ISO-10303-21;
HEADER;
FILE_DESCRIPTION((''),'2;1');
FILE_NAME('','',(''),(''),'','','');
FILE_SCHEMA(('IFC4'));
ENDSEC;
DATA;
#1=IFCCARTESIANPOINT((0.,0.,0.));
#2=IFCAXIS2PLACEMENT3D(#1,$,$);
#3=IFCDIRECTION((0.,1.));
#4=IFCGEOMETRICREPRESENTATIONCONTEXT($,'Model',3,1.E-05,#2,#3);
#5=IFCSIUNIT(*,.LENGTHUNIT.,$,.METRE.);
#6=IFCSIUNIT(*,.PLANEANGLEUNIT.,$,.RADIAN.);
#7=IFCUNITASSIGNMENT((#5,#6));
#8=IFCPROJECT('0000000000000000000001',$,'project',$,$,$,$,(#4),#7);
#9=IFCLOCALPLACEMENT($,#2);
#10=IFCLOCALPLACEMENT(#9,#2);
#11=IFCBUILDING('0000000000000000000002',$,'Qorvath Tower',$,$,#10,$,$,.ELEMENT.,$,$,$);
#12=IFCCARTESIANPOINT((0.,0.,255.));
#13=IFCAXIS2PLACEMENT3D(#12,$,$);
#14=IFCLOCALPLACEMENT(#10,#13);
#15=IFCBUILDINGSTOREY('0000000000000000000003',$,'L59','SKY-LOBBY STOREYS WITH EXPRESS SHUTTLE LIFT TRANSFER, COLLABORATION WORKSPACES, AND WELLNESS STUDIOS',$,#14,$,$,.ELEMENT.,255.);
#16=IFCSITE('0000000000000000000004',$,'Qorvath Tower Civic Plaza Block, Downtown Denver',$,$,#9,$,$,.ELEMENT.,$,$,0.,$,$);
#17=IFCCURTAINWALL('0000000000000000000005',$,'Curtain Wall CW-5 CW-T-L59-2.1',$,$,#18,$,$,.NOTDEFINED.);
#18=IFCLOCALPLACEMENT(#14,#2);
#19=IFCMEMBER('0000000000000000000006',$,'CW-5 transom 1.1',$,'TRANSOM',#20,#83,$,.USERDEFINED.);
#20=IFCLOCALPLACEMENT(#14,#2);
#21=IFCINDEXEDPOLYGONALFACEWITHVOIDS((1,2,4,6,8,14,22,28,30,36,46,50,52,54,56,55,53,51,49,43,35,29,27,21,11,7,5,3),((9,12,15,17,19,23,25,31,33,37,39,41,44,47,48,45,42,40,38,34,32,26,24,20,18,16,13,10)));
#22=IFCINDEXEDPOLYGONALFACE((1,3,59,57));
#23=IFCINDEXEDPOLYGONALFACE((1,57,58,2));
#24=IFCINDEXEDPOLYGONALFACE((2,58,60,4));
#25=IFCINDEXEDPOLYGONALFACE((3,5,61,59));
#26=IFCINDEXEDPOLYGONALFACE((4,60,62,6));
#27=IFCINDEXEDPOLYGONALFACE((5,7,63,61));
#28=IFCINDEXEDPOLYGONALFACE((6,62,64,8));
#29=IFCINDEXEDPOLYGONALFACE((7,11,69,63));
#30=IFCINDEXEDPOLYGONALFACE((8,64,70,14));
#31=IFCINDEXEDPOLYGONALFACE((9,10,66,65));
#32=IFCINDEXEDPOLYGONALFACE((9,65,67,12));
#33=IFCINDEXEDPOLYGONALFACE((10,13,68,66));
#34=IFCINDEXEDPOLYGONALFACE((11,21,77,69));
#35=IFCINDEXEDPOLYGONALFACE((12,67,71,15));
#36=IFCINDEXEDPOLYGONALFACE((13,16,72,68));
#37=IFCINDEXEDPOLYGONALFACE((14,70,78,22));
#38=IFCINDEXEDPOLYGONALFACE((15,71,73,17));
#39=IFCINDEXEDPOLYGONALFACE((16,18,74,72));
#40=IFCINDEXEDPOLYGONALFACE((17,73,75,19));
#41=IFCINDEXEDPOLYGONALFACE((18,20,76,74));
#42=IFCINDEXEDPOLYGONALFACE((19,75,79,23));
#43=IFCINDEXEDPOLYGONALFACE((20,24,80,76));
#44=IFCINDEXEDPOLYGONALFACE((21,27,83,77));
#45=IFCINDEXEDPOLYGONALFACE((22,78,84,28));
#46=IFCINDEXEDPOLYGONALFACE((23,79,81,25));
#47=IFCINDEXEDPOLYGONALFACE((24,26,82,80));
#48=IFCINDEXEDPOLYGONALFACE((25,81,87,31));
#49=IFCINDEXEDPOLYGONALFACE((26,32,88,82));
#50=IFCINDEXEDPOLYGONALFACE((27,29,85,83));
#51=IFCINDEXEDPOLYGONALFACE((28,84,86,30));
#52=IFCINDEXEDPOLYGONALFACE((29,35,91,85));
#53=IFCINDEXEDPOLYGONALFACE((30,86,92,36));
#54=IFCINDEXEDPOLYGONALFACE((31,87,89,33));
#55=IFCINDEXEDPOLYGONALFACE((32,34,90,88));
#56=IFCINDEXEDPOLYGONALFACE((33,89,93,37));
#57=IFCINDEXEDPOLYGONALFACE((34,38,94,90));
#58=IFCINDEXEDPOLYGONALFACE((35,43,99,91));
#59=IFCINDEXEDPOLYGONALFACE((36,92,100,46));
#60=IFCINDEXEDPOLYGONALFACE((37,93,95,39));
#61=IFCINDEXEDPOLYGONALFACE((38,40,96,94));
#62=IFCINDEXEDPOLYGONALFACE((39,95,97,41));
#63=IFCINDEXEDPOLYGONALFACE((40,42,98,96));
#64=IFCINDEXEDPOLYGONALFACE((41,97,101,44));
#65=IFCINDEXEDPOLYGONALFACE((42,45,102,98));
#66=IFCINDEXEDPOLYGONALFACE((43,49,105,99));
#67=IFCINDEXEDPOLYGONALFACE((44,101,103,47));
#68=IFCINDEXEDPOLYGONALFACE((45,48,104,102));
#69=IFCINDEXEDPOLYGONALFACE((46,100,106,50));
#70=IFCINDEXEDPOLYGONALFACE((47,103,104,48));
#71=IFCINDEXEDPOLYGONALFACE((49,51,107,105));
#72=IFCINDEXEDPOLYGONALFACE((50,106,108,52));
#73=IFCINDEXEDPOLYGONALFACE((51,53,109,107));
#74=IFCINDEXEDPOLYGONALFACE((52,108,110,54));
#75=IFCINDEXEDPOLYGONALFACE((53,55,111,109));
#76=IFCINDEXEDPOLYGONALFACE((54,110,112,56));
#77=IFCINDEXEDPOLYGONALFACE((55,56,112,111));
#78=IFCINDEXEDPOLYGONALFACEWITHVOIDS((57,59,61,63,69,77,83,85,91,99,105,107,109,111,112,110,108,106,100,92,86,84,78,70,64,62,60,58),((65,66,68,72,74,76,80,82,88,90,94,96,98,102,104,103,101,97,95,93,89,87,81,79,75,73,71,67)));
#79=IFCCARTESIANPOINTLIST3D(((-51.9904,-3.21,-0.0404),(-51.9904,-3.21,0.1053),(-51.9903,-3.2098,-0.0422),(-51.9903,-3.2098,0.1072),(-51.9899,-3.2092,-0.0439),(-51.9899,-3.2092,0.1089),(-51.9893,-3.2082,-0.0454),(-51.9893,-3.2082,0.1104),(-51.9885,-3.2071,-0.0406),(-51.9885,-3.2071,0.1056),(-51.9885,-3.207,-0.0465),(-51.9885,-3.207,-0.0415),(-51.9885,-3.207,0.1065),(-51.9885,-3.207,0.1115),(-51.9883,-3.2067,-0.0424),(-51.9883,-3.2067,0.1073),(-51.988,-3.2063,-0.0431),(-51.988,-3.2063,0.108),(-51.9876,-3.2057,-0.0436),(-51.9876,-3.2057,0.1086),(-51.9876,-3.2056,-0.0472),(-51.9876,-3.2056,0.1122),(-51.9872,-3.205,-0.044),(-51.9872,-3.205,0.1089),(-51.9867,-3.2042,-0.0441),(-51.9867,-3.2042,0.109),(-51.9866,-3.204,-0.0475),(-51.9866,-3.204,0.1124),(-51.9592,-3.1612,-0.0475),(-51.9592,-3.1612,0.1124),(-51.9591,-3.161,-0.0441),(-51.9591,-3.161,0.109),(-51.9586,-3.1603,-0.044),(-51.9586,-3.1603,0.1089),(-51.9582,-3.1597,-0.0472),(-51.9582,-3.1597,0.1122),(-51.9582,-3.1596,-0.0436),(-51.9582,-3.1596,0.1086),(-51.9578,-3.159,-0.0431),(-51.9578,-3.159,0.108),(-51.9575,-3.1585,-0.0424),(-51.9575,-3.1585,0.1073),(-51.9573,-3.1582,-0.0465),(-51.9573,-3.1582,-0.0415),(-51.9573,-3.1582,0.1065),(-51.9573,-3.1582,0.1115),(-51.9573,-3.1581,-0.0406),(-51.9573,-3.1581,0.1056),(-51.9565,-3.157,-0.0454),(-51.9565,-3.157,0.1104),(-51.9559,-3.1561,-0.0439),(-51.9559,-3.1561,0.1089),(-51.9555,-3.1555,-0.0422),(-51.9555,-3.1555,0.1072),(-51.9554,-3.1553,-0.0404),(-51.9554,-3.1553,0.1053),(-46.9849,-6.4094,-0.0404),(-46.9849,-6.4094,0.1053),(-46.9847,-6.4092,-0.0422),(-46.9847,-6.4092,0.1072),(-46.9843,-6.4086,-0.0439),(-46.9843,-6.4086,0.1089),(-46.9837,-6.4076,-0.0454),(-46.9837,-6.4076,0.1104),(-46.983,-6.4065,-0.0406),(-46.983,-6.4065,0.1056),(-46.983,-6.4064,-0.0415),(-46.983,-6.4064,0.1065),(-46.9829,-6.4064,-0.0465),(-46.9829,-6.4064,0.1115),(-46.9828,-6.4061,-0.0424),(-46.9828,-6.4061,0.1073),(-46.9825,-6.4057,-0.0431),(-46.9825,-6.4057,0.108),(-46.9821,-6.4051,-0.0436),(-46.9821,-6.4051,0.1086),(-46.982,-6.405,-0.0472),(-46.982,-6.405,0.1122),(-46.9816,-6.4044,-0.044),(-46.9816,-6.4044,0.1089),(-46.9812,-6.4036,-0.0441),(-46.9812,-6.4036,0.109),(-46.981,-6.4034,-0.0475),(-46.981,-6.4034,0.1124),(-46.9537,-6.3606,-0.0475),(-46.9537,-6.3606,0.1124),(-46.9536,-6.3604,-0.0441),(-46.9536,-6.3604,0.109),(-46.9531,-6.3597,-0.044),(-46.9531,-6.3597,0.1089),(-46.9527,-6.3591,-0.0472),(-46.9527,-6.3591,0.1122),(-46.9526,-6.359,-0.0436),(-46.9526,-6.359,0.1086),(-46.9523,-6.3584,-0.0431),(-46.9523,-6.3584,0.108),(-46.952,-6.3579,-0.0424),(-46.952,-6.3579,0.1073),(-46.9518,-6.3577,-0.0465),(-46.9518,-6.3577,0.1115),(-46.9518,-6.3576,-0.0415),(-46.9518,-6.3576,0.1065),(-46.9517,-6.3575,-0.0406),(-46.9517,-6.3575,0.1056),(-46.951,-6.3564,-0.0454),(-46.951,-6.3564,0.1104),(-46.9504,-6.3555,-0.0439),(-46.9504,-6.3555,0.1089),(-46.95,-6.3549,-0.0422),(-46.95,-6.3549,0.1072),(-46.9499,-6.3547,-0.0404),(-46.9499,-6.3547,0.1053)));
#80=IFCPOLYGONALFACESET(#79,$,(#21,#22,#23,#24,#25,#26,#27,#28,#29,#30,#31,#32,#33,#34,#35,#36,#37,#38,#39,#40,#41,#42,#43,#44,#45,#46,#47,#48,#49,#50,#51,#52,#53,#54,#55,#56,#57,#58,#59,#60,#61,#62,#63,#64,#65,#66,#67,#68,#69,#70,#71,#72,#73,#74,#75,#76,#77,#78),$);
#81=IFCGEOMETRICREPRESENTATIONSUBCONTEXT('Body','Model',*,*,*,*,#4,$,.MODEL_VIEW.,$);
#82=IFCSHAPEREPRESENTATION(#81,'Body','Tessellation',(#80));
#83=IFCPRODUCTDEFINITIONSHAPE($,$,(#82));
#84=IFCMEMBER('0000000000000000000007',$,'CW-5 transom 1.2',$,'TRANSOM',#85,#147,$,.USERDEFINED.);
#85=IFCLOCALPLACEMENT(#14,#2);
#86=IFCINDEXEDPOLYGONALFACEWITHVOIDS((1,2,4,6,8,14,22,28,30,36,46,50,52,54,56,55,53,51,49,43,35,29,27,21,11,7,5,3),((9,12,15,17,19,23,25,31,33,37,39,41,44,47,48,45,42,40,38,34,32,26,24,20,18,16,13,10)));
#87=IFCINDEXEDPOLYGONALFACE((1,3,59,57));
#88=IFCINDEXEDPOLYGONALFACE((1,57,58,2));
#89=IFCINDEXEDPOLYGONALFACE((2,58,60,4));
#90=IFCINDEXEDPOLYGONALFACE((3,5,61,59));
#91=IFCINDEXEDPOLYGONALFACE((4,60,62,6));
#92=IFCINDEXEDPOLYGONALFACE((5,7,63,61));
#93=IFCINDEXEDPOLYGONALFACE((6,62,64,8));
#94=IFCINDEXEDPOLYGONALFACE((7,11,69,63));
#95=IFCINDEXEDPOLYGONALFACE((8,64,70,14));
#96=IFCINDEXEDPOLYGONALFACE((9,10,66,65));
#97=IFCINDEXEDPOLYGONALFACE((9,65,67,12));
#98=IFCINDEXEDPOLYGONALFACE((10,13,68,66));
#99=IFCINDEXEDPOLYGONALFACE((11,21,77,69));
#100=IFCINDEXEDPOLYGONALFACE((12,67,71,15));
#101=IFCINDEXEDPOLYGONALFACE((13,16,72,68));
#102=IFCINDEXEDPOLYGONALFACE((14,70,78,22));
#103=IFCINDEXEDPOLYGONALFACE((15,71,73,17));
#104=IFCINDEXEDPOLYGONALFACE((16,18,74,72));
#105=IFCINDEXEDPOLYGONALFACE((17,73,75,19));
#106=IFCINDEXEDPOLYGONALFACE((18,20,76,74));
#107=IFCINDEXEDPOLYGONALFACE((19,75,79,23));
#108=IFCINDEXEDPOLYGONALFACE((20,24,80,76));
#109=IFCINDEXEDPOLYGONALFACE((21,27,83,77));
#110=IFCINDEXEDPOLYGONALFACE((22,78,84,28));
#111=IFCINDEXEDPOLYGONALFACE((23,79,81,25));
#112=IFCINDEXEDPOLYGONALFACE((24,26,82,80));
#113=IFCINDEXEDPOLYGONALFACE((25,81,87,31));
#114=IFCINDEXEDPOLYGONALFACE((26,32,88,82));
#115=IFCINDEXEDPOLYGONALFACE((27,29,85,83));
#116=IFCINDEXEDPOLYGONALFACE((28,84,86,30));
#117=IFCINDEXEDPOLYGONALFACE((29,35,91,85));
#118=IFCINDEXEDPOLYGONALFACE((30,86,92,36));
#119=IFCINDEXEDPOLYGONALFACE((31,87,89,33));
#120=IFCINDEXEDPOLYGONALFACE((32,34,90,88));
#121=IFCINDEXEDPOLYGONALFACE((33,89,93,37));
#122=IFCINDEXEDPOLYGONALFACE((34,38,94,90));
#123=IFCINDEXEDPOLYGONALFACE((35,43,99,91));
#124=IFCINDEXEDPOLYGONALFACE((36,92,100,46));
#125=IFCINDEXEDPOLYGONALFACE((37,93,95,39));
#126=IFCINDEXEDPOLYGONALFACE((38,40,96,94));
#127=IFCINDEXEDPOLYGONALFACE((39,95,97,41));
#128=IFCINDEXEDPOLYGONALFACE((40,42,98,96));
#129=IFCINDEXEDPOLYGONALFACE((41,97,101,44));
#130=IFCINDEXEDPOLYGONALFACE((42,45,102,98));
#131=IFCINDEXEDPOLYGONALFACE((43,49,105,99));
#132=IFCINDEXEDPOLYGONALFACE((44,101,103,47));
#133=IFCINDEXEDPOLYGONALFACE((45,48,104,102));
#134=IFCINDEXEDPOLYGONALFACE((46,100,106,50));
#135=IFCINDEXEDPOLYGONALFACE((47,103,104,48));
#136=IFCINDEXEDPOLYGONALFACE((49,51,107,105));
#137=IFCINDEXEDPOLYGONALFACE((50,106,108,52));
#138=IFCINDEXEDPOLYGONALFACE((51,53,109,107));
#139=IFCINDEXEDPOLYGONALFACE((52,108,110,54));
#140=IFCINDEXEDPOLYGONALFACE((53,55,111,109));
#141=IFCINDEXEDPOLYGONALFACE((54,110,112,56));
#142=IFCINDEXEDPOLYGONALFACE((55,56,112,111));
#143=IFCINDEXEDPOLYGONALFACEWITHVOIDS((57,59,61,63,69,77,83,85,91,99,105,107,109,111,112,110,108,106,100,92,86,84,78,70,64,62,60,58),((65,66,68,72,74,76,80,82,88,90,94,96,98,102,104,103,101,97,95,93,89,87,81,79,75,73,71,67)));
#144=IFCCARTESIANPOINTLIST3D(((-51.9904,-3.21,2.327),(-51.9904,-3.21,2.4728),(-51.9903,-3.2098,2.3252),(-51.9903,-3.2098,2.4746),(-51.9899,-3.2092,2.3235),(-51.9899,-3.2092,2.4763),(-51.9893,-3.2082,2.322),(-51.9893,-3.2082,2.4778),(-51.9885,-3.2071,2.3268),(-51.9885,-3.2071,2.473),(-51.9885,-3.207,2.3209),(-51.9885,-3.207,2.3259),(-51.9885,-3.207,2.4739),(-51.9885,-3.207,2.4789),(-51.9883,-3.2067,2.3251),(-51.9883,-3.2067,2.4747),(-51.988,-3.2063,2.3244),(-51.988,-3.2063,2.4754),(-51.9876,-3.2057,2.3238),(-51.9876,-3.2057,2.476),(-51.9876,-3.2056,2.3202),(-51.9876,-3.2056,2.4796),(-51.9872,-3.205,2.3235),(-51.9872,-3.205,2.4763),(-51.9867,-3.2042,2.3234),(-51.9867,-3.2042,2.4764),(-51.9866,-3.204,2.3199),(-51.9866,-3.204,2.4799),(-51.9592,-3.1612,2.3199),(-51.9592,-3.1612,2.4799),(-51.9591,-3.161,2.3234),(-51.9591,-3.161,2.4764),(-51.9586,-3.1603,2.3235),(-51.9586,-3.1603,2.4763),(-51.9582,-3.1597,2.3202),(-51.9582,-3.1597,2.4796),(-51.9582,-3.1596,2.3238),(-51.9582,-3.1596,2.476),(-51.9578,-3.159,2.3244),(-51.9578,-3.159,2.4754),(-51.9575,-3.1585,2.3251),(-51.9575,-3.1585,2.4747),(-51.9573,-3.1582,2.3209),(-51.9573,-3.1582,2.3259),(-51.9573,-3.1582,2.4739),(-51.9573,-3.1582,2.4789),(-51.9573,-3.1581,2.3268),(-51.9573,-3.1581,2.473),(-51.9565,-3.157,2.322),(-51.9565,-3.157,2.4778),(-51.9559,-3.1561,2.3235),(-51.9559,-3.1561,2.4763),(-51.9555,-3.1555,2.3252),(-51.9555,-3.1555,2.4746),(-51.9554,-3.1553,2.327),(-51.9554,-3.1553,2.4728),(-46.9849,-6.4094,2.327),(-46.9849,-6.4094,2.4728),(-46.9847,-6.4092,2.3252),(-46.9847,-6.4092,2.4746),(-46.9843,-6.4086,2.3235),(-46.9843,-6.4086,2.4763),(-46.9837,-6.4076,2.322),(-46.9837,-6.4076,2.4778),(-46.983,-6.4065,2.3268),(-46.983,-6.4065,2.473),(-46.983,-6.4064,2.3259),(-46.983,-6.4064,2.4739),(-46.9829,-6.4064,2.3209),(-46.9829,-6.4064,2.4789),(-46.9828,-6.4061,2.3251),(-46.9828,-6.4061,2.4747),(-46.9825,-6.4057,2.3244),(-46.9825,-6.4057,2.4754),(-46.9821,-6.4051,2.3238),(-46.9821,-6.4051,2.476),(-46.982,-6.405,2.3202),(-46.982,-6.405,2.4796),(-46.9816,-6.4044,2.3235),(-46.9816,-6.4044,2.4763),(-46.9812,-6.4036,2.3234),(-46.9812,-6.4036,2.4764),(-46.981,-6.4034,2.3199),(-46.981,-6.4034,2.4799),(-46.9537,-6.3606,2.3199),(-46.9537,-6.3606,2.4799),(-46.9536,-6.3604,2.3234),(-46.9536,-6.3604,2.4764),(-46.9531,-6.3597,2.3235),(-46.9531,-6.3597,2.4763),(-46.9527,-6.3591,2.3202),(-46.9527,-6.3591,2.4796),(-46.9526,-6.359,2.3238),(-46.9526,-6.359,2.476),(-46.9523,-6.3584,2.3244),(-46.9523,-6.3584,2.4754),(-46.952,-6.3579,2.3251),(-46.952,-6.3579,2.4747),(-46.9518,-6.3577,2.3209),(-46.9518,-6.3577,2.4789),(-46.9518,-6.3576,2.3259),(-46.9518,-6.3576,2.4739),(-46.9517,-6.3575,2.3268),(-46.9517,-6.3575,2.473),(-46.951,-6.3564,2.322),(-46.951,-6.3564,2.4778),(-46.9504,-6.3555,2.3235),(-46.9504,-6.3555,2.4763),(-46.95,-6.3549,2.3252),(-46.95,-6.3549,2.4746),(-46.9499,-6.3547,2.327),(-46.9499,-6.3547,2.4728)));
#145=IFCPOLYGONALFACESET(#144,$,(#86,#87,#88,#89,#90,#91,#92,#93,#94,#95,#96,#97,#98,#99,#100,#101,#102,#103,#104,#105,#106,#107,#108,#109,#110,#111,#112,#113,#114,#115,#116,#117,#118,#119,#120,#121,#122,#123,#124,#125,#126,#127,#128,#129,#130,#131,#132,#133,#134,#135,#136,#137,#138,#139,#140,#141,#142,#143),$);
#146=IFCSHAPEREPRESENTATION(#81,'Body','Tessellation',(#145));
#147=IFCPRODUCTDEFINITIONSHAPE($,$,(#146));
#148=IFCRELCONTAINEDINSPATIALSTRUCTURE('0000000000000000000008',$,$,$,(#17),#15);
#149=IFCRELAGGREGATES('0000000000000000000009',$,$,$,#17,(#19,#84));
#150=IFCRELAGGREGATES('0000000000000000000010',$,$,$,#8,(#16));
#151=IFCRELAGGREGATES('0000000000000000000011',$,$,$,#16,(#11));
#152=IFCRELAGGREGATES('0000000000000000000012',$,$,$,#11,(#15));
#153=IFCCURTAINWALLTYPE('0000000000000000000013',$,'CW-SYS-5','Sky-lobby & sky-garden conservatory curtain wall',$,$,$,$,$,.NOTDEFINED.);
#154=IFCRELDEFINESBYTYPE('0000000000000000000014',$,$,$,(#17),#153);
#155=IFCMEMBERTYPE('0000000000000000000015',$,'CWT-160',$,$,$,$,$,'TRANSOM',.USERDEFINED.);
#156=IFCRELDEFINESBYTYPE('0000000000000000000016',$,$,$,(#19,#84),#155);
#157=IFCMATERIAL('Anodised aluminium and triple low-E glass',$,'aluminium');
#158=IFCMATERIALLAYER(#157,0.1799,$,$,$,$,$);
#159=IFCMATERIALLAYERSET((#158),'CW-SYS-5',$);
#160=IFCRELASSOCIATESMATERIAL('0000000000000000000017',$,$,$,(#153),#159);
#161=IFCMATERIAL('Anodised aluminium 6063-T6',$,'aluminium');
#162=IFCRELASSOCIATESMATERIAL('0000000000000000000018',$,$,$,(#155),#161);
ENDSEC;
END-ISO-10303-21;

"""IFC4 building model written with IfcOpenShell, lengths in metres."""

from ifc_helpers import new_model, si_unit, direction, frame, origin, origin_2d, place, context, subcontext, project, spatial, hollow_rectangle, extrude, material, layer, layer_set, material_profile, profile_set, type_object, element, aggregate, save


model = new_model("IFC4")

# Units and contexts
model_context = context("Model", 3, precision=1e-05, world=origin(), true_north=direction((0.0, 1.0)))
body_context = subcontext(model_context, "Body", "Model", "MODEL_VIEW")
ifc_project = project(units=[si_unit("LENGTHUNIT", "METRE"), si_unit("PLANEANGLEUNIT", "RADIAN")], contexts=[model_context])

# Site, building, storey
site_placement = place(None, origin())
site = spatial("IfcSite", under=ifc_project, at=site_placement, Name="Qorvath Tower Civic Plaza Block, Downtown Denver", CompositionType="ELEMENT", RefElevation=0.0)
building_placement = place(site_placement, origin())
building = spatial("IfcBuilding", under=site, at=building_placement, Name="Qorvath Tower", CompositionType="ELEMENT")
storey_placement = place(building_placement, frame((0.0, 0.0, 255.0)))
storey = spatial("IfcBuildingStorey", under=building, at=storey_placement, Name="L59", Description="SKY-LOBBY STOREYS WITH EXPRESS SHUTTLE LIFT TRANSFER, COLLABORATION WORKSPACES, AND WELLNESS STUDIOS", CompositionType="ELEMENT", Elevation=255.0)

# Curtain wall, members
ifc_material_1 = material(Name="Anodised aluminium and triple low-E glass", Category="aluminium")
ifc_layer_1 = layer(ifc_material_1, 0.1799)
ifc_layer_set_1 = layer_set([ifc_layer_1], Name="CW-SYS-5")
curtain_wall_type = type_object("IfcCurtainWallType", Name="CW-SYS-5", Description="Sky-lobby & sky-garden conservatory curtain wall", PredefinedType="NOTDEFINED", material=ifc_layer_set_1)
curtain_wall_placement = place(storey_placement, origin())
curtain_wall = element("IfcCurtainWall", 1, at=curtain_wall_placement, inside=storey, type_object=curtain_wall_type, Name="Curtain Wall CW-5 CW-T-L59-2.1", PredefinedType="NOTDEFINED")
ifc_material_2 = material(Name="Anodised aluminium 6063-T6", Category="aluminium")
ifc_material_profile_1 = material_profile(ifc_material_2, hollow_rectangle(XDim=0.0649, YDim=0.1599, WallThickness=0.0034, InnerFilletRadius=0.0034, OuterFilletRadius=0.0071, at=origin_2d()), Name="CWT 160x65")
ifc_profile_set_1 = profile_set([ifc_material_profile_1], Name="Anodised aluminium 6063-T6")
member_type_1 = type_object("IfcMemberType", Name="CWT-160", ElementType="TRANSOM", PredefinedType="USERDEFINED", material=ifc_profile_set_1)
member_1_placement = place(storey_placement, frame((-51.9729, -3.1826, 0.0325), z_axis=(0.842587, -0.53856, 0.0), x_axis=(0.53856, 0.842587, 0.0)))
member_1 = element("IfcMember", 2, at=member_1_placement, type_object=member_type_1, Name="CW-5 transom 1.1", ObjectType="TRANSOM", PredefinedType="USERDEFINED", context=body_context, shape_type="SweptSolid", body=[
    extrude(hollow_rectangle(XDim=0.0649, YDim=0.1599, WallThickness=0.0034, InnerFilletRadius=0.0034, OuterFilletRadius=0.0071, at=origin_2d()), origin(), (0.0, 0.0, 1.0), 5.9407),
])
member_2_placement = place(storey_placement, frame((-51.9729, -3.1826, 2.3999), z_axis=(0.842587, -0.53856, 0.0), x_axis=(0.53856, 0.842587, 0.0)))
member_2 = element("IfcMember", 3, at=member_2_placement, type_object=member_type_1, Name="CW-5 transom 1.2", ObjectType="TRANSOM", PredefinedType="USERDEFINED", context=body_context, shape_type="SweptSolid", body=[
    extrude(hollow_rectangle(XDim=0.0649, YDim=0.1599, WallThickness=0.0034, InnerFilletRadius=0.0034, OuterFilletRadius=0.0071, at=origin_2d()), origin(), (0.0, 0.0, 1.0), 5.9407),
])
aggregate(curtain_wall, [member_1, member_2])

save(model, "model.ifc")
